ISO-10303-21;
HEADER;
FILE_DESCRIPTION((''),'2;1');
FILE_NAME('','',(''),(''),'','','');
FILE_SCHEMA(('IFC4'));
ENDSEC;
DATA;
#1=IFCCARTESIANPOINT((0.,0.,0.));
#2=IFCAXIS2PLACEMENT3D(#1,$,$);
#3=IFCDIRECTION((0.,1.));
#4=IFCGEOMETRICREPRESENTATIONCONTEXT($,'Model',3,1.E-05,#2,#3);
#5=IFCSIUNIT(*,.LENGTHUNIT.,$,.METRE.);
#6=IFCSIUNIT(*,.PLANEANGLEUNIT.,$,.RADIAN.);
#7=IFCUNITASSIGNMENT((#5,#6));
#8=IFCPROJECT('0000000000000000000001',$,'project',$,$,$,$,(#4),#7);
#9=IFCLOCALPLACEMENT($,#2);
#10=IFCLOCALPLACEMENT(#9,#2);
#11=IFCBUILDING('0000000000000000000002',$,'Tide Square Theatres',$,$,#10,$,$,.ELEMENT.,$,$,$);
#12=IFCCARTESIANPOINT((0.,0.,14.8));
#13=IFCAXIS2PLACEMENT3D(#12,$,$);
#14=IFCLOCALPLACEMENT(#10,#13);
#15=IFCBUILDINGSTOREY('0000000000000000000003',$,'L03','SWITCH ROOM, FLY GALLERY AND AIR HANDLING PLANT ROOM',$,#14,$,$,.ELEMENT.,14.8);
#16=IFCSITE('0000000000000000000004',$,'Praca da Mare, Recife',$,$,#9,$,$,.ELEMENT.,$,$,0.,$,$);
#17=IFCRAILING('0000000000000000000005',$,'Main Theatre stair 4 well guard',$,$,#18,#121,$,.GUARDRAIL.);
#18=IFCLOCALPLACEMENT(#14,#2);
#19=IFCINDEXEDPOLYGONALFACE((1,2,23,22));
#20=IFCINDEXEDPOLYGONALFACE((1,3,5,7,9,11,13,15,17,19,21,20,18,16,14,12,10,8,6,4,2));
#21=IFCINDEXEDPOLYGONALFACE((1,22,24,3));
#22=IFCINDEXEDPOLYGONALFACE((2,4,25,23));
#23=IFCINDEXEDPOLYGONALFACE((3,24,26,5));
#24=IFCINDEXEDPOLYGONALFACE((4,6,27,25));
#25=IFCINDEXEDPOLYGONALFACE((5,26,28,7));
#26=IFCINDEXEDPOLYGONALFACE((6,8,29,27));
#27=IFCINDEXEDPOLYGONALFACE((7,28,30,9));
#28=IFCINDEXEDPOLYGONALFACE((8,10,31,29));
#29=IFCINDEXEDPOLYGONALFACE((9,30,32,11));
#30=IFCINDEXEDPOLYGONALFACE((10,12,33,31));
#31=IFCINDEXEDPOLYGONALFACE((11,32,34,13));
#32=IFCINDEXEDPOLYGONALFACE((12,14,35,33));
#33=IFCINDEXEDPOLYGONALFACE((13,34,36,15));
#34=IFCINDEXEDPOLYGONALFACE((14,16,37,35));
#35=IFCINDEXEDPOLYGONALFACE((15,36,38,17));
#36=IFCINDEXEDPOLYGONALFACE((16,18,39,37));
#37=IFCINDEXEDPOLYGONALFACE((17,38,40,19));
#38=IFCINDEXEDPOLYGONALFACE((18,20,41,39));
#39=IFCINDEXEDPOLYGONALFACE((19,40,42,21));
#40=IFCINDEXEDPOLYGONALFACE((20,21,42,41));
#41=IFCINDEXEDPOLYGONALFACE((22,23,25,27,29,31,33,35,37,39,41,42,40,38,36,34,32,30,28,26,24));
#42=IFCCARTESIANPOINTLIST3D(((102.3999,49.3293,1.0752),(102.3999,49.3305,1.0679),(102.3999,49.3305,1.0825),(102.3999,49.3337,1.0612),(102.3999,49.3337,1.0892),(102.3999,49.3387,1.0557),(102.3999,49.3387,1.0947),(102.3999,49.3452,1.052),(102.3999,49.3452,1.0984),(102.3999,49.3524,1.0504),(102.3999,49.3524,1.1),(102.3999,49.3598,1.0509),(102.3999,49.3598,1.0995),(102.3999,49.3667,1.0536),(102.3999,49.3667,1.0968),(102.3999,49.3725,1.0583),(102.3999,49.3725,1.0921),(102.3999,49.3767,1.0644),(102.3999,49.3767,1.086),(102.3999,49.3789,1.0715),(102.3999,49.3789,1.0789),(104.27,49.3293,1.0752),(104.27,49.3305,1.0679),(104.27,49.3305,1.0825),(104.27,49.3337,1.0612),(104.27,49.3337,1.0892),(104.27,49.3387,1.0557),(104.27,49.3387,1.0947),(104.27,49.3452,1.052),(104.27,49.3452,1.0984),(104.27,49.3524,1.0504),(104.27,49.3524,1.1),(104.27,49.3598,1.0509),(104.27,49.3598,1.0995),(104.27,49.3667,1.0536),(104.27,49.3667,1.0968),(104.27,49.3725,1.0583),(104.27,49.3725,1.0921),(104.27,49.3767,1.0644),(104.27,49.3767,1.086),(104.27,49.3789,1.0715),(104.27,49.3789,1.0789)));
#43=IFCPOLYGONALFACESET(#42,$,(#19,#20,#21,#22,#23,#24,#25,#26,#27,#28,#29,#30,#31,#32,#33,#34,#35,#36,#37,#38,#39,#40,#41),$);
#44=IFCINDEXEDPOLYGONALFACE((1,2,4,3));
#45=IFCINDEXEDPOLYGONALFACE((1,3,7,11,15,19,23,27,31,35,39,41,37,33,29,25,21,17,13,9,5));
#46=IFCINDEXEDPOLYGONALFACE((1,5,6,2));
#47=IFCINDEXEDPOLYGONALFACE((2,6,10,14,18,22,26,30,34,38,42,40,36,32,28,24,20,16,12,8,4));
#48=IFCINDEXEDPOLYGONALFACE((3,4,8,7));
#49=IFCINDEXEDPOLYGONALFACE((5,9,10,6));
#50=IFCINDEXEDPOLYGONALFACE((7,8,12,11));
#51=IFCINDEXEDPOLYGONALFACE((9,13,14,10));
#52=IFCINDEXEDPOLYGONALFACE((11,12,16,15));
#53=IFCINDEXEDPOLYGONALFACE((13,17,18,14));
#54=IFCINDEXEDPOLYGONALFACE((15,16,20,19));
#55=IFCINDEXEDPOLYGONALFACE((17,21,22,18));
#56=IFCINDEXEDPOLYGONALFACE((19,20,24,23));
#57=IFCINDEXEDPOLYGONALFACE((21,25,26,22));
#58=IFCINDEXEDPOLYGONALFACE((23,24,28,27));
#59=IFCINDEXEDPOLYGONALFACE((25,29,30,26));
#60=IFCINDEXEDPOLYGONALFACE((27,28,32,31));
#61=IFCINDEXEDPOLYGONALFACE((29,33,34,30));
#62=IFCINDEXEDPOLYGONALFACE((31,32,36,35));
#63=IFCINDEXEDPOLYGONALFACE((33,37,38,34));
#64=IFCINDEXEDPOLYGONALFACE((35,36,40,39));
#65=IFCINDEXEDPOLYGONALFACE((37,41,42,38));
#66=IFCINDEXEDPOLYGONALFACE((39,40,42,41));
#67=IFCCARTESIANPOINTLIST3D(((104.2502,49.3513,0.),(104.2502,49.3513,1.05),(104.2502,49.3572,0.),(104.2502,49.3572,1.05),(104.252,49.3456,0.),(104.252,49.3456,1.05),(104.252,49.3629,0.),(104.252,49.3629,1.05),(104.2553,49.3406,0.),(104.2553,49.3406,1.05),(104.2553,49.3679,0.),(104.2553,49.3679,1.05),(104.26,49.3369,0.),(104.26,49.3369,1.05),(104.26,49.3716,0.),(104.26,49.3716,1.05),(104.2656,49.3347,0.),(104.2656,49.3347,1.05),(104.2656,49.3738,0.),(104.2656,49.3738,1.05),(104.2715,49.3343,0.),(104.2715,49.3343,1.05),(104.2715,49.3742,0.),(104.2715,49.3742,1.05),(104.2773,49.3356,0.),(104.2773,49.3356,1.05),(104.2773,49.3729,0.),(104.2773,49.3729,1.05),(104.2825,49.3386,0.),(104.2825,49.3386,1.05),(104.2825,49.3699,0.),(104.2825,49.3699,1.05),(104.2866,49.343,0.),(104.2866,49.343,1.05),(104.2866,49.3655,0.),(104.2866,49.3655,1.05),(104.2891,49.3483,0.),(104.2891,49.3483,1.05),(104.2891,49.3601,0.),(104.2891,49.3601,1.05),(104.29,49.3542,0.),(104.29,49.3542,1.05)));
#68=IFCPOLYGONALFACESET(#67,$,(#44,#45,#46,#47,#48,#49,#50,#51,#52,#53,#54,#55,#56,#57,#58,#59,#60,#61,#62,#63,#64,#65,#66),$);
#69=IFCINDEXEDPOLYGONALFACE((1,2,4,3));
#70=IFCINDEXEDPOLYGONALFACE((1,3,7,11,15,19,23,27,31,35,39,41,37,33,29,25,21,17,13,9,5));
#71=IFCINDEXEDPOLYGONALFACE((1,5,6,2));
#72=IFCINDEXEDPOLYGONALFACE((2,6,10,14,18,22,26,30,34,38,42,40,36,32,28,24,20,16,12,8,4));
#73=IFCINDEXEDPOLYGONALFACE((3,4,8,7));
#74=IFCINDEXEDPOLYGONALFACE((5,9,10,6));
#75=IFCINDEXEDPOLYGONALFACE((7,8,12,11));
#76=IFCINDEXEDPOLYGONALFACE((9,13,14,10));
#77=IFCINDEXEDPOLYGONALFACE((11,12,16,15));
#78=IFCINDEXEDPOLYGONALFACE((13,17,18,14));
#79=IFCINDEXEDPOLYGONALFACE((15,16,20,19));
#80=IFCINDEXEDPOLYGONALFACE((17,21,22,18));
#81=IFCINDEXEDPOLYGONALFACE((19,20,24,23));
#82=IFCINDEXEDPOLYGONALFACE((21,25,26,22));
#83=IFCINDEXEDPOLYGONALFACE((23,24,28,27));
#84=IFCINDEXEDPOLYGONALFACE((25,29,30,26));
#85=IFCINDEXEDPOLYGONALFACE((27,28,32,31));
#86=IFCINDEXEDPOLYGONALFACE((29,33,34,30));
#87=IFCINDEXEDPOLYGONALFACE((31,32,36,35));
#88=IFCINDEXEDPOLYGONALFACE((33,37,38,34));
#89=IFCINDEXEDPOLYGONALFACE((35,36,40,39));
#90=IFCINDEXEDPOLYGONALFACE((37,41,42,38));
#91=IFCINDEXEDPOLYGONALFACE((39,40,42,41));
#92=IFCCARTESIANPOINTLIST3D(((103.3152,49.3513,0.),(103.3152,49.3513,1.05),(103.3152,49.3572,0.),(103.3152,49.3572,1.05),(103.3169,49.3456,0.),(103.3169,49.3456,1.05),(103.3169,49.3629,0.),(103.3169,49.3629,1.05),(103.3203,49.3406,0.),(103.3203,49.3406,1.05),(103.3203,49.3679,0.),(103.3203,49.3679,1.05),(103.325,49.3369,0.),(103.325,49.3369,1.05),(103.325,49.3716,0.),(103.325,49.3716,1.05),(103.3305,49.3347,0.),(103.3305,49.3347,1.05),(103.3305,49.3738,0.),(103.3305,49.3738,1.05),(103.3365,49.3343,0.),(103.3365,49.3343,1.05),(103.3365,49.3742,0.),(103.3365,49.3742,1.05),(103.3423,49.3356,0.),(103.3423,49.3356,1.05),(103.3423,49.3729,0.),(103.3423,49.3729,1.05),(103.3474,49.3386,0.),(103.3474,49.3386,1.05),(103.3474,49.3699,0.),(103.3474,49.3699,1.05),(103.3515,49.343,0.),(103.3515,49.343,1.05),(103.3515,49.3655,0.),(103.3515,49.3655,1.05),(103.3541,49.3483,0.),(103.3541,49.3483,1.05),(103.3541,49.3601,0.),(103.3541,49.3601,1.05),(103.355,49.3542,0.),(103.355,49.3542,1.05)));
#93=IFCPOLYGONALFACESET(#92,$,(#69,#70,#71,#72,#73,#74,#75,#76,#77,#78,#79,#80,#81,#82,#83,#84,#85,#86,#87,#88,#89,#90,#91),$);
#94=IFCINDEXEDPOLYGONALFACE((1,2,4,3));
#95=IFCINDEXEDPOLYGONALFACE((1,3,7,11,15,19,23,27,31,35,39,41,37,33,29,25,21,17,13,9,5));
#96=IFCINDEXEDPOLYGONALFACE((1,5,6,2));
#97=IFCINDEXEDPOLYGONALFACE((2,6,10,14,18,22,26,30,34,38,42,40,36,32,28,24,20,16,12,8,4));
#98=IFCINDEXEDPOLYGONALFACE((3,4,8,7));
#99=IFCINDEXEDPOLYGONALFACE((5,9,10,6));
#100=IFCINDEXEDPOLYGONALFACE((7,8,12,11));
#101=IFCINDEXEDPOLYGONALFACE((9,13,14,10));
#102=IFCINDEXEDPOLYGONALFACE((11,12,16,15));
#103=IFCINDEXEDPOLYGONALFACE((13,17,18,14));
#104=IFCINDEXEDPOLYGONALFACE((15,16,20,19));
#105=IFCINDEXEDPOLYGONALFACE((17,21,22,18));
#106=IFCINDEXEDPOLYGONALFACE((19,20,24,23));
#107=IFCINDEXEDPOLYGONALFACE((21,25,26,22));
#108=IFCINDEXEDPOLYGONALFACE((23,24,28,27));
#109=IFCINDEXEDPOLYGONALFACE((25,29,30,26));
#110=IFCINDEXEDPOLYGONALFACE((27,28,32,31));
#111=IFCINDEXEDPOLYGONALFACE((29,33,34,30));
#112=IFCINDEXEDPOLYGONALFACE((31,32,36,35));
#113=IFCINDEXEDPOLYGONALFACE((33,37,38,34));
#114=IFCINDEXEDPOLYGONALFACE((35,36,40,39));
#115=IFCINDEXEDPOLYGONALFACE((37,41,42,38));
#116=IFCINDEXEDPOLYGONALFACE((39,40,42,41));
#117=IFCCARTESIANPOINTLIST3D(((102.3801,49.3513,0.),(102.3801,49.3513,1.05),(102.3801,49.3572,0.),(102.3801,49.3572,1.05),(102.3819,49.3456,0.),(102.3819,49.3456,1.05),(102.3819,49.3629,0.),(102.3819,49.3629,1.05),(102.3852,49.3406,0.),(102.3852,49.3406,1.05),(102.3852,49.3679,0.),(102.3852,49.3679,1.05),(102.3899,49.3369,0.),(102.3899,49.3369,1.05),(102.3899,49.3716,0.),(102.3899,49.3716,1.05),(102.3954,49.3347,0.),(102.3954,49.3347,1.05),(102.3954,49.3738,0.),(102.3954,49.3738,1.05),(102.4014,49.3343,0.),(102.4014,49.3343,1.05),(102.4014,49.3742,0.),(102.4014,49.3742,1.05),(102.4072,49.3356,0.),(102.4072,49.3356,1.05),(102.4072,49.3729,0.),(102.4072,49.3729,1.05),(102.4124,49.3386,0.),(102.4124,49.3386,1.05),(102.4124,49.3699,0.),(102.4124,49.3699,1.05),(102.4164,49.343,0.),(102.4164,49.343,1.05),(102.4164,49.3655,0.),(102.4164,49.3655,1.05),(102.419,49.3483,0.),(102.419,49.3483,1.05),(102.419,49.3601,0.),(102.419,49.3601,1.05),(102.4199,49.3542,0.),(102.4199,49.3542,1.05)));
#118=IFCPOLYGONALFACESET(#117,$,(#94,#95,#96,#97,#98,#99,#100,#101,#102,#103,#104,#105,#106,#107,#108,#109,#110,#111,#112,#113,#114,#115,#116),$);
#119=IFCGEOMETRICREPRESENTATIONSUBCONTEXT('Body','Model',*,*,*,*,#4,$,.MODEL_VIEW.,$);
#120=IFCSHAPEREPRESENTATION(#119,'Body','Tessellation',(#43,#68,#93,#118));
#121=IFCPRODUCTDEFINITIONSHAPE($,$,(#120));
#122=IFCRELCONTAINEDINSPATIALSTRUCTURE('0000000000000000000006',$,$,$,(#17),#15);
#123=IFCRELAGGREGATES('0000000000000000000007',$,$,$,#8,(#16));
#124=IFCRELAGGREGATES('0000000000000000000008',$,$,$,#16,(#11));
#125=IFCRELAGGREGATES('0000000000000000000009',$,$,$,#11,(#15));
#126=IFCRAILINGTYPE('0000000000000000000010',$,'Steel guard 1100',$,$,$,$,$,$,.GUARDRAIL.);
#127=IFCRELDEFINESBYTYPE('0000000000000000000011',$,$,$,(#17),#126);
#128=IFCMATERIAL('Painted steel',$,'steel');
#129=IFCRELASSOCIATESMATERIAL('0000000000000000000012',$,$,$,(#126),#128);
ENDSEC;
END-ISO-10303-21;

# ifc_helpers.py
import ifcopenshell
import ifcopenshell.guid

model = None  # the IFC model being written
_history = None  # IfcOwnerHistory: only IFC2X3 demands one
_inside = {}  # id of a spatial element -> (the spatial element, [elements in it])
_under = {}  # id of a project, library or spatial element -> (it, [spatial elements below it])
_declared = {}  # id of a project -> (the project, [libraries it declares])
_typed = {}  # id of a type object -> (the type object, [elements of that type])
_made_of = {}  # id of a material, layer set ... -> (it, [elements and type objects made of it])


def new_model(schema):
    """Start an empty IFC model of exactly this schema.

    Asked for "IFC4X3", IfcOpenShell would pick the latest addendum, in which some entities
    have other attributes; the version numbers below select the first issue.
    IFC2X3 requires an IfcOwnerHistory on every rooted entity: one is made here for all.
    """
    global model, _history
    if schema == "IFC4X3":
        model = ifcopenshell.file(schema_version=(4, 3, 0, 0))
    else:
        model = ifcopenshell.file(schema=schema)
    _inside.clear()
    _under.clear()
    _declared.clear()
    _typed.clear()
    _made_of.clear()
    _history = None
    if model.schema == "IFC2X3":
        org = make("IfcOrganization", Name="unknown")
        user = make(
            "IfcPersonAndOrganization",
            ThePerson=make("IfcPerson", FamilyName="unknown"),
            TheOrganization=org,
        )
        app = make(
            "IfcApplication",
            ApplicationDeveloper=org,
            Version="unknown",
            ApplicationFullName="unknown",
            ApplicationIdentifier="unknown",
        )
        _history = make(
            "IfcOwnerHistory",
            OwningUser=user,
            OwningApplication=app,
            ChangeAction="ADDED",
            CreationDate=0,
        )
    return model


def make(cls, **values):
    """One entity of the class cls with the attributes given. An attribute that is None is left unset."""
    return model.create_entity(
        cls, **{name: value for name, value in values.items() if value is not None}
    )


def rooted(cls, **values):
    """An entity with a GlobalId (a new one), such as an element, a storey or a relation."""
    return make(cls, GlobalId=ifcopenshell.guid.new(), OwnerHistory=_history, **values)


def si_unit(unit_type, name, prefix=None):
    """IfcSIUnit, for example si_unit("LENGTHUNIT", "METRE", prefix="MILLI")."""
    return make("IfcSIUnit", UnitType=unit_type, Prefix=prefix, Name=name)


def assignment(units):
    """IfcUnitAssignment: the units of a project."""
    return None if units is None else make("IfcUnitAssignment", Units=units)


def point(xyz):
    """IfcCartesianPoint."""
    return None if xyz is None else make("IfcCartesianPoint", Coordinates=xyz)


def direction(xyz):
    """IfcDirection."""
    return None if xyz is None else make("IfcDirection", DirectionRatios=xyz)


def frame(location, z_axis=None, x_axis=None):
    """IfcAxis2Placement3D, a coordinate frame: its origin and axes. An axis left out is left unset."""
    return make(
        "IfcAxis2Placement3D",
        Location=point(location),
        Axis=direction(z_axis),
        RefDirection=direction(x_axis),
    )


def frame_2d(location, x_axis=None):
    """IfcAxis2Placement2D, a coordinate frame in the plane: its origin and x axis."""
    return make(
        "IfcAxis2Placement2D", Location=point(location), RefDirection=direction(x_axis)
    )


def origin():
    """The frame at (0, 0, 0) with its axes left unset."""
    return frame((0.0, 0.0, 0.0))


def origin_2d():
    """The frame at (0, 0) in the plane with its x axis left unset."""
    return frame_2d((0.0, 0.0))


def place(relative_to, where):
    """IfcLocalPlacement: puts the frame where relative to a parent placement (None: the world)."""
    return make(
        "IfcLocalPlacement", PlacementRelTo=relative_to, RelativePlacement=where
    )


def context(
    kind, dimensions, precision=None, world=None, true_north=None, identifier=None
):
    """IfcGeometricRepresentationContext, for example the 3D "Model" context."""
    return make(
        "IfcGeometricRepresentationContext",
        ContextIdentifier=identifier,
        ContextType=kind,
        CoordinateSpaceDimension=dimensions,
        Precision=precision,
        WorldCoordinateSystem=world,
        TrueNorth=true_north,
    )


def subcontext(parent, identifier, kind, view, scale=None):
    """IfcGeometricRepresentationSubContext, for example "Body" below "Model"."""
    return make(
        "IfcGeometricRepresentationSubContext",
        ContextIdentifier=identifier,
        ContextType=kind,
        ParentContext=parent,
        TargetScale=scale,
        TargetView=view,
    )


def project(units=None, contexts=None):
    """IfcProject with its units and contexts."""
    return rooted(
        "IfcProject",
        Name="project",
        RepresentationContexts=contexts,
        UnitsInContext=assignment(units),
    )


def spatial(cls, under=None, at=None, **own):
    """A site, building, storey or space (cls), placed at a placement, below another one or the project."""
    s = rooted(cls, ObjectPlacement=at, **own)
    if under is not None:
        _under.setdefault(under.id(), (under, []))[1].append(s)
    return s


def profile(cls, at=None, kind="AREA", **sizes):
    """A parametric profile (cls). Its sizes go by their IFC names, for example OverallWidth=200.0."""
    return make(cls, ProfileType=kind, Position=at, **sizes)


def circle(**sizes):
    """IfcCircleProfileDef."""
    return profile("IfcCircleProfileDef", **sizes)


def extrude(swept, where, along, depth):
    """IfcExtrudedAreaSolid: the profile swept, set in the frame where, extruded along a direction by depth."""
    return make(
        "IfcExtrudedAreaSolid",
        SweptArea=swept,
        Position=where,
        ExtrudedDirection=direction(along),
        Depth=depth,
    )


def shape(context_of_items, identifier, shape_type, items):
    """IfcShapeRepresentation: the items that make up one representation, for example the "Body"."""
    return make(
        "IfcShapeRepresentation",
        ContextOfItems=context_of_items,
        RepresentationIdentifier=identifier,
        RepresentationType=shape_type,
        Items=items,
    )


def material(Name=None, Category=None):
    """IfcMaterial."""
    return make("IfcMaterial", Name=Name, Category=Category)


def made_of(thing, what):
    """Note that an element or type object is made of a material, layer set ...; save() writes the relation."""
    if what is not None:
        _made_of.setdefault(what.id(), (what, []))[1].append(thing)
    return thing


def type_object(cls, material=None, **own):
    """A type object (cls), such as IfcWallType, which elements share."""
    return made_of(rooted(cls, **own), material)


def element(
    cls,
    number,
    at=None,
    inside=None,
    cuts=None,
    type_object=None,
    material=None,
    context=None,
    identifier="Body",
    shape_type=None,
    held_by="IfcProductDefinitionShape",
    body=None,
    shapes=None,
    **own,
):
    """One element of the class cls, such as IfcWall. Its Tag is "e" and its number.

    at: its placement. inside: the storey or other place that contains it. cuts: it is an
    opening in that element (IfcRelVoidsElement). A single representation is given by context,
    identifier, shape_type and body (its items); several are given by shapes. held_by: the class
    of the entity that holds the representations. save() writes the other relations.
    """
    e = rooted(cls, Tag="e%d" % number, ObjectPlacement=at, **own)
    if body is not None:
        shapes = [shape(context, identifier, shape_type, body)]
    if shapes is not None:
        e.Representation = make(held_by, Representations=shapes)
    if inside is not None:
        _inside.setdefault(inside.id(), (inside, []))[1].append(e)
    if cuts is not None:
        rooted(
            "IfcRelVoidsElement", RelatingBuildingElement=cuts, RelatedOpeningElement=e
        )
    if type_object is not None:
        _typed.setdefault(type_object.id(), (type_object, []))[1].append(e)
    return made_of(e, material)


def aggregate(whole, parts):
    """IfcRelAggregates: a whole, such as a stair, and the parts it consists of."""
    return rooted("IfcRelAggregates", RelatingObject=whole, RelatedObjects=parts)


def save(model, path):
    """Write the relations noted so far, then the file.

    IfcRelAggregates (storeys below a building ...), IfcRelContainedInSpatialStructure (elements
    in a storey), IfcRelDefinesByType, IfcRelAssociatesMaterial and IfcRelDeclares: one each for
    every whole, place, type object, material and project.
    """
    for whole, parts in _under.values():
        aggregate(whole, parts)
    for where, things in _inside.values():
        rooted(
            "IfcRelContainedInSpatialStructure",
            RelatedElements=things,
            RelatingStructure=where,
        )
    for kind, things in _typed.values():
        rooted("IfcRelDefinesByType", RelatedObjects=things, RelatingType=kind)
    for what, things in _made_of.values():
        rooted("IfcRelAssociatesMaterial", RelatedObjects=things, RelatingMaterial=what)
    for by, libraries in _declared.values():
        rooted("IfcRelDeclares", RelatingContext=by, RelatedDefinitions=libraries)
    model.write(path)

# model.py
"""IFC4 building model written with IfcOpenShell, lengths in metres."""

from ifc_helpers import new_model, si_unit, direction, frame, origin, origin_2d, place, context, subcontext, project, spatial, circle, extrude, material, type_object, element, save


model = new_model("IFC4")

# Units and contexts
model_context = context("Model", 3, precision=1e-05, world=origin(), true_north=direction((0.0, 1.0)))
body_context = subcontext(model_context, "Body", "Model", "MODEL_VIEW")
ifc_project = project(units=[si_unit("LENGTHUNIT", "METRE"), si_unit("PLANEANGLEUNIT", "RADIAN")], contexts=[model_context])

# Site, building, storey
site_placement = place(None, origin())
site = spatial("IfcSite", under=ifc_project, at=site_placement, Name="Praca da Mare, Recife", CompositionType="ELEMENT", RefElevation=0.0)
building_placement = place(site_placement, origin())
building = spatial("IfcBuilding", under=site, at=building_placement, Name="Tide Square Theatres", CompositionType="ELEMENT")
storey_placement = place(building_placement, frame((0.0, 0.0, 14.8)))
storey = spatial("IfcBuildingStorey", under=building, at=storey_placement, Name="L03", Description="SWITCH ROOM, FLY GALLERY AND AIR HANDLING PLANT ROOM", CompositionType="ELEMENT", Elevation=14.8)

# Railing
ifc_material_1 = material(Name="Painted steel", Category="steel")
railing_type = type_object("IfcRailingType", Name="Steel guard 1100", PredefinedType="GUARDRAIL", material=ifc_material_1)
railing_placement = place(storey_placement, frame((104.27, 49.3542, 0.0)))
element("IfcRailing", 1, at=railing_placement, inside=storey, type_object=railing_type, Name="Main Theatre stair 4 well guard", PredefinedType="GUARDRAIL", context=body_context, shape_type="SweptSolid", body=[
    extrude(circle(Radius=0.0249, at=origin_2d()), frame((0.0, 0.0, 1.0752), z_axis=(-1.0, 0.0, 0.0), x_axis=(0.0, -1.0, 0.0)), (0.0, 0.0, 1.0), 1.8701),
    extrude(circle(Radius=0.02, at=origin_2d()), origin(), (0.0, 0.0, 1.0), 1.05),
    extrude(circle(Radius=0.02, at=origin_2d()), frame((-0.9351, 0.0, 0.0)), (0.0, 0.0, 1.0), 1.05),
    extrude(circle(Radius=0.02, at=origin_2d()), frame((-1.8701, 0.0, 0.0)), (0.0, 0.0, 1.0), 1.05),
])

save(model, "model.ifc")
